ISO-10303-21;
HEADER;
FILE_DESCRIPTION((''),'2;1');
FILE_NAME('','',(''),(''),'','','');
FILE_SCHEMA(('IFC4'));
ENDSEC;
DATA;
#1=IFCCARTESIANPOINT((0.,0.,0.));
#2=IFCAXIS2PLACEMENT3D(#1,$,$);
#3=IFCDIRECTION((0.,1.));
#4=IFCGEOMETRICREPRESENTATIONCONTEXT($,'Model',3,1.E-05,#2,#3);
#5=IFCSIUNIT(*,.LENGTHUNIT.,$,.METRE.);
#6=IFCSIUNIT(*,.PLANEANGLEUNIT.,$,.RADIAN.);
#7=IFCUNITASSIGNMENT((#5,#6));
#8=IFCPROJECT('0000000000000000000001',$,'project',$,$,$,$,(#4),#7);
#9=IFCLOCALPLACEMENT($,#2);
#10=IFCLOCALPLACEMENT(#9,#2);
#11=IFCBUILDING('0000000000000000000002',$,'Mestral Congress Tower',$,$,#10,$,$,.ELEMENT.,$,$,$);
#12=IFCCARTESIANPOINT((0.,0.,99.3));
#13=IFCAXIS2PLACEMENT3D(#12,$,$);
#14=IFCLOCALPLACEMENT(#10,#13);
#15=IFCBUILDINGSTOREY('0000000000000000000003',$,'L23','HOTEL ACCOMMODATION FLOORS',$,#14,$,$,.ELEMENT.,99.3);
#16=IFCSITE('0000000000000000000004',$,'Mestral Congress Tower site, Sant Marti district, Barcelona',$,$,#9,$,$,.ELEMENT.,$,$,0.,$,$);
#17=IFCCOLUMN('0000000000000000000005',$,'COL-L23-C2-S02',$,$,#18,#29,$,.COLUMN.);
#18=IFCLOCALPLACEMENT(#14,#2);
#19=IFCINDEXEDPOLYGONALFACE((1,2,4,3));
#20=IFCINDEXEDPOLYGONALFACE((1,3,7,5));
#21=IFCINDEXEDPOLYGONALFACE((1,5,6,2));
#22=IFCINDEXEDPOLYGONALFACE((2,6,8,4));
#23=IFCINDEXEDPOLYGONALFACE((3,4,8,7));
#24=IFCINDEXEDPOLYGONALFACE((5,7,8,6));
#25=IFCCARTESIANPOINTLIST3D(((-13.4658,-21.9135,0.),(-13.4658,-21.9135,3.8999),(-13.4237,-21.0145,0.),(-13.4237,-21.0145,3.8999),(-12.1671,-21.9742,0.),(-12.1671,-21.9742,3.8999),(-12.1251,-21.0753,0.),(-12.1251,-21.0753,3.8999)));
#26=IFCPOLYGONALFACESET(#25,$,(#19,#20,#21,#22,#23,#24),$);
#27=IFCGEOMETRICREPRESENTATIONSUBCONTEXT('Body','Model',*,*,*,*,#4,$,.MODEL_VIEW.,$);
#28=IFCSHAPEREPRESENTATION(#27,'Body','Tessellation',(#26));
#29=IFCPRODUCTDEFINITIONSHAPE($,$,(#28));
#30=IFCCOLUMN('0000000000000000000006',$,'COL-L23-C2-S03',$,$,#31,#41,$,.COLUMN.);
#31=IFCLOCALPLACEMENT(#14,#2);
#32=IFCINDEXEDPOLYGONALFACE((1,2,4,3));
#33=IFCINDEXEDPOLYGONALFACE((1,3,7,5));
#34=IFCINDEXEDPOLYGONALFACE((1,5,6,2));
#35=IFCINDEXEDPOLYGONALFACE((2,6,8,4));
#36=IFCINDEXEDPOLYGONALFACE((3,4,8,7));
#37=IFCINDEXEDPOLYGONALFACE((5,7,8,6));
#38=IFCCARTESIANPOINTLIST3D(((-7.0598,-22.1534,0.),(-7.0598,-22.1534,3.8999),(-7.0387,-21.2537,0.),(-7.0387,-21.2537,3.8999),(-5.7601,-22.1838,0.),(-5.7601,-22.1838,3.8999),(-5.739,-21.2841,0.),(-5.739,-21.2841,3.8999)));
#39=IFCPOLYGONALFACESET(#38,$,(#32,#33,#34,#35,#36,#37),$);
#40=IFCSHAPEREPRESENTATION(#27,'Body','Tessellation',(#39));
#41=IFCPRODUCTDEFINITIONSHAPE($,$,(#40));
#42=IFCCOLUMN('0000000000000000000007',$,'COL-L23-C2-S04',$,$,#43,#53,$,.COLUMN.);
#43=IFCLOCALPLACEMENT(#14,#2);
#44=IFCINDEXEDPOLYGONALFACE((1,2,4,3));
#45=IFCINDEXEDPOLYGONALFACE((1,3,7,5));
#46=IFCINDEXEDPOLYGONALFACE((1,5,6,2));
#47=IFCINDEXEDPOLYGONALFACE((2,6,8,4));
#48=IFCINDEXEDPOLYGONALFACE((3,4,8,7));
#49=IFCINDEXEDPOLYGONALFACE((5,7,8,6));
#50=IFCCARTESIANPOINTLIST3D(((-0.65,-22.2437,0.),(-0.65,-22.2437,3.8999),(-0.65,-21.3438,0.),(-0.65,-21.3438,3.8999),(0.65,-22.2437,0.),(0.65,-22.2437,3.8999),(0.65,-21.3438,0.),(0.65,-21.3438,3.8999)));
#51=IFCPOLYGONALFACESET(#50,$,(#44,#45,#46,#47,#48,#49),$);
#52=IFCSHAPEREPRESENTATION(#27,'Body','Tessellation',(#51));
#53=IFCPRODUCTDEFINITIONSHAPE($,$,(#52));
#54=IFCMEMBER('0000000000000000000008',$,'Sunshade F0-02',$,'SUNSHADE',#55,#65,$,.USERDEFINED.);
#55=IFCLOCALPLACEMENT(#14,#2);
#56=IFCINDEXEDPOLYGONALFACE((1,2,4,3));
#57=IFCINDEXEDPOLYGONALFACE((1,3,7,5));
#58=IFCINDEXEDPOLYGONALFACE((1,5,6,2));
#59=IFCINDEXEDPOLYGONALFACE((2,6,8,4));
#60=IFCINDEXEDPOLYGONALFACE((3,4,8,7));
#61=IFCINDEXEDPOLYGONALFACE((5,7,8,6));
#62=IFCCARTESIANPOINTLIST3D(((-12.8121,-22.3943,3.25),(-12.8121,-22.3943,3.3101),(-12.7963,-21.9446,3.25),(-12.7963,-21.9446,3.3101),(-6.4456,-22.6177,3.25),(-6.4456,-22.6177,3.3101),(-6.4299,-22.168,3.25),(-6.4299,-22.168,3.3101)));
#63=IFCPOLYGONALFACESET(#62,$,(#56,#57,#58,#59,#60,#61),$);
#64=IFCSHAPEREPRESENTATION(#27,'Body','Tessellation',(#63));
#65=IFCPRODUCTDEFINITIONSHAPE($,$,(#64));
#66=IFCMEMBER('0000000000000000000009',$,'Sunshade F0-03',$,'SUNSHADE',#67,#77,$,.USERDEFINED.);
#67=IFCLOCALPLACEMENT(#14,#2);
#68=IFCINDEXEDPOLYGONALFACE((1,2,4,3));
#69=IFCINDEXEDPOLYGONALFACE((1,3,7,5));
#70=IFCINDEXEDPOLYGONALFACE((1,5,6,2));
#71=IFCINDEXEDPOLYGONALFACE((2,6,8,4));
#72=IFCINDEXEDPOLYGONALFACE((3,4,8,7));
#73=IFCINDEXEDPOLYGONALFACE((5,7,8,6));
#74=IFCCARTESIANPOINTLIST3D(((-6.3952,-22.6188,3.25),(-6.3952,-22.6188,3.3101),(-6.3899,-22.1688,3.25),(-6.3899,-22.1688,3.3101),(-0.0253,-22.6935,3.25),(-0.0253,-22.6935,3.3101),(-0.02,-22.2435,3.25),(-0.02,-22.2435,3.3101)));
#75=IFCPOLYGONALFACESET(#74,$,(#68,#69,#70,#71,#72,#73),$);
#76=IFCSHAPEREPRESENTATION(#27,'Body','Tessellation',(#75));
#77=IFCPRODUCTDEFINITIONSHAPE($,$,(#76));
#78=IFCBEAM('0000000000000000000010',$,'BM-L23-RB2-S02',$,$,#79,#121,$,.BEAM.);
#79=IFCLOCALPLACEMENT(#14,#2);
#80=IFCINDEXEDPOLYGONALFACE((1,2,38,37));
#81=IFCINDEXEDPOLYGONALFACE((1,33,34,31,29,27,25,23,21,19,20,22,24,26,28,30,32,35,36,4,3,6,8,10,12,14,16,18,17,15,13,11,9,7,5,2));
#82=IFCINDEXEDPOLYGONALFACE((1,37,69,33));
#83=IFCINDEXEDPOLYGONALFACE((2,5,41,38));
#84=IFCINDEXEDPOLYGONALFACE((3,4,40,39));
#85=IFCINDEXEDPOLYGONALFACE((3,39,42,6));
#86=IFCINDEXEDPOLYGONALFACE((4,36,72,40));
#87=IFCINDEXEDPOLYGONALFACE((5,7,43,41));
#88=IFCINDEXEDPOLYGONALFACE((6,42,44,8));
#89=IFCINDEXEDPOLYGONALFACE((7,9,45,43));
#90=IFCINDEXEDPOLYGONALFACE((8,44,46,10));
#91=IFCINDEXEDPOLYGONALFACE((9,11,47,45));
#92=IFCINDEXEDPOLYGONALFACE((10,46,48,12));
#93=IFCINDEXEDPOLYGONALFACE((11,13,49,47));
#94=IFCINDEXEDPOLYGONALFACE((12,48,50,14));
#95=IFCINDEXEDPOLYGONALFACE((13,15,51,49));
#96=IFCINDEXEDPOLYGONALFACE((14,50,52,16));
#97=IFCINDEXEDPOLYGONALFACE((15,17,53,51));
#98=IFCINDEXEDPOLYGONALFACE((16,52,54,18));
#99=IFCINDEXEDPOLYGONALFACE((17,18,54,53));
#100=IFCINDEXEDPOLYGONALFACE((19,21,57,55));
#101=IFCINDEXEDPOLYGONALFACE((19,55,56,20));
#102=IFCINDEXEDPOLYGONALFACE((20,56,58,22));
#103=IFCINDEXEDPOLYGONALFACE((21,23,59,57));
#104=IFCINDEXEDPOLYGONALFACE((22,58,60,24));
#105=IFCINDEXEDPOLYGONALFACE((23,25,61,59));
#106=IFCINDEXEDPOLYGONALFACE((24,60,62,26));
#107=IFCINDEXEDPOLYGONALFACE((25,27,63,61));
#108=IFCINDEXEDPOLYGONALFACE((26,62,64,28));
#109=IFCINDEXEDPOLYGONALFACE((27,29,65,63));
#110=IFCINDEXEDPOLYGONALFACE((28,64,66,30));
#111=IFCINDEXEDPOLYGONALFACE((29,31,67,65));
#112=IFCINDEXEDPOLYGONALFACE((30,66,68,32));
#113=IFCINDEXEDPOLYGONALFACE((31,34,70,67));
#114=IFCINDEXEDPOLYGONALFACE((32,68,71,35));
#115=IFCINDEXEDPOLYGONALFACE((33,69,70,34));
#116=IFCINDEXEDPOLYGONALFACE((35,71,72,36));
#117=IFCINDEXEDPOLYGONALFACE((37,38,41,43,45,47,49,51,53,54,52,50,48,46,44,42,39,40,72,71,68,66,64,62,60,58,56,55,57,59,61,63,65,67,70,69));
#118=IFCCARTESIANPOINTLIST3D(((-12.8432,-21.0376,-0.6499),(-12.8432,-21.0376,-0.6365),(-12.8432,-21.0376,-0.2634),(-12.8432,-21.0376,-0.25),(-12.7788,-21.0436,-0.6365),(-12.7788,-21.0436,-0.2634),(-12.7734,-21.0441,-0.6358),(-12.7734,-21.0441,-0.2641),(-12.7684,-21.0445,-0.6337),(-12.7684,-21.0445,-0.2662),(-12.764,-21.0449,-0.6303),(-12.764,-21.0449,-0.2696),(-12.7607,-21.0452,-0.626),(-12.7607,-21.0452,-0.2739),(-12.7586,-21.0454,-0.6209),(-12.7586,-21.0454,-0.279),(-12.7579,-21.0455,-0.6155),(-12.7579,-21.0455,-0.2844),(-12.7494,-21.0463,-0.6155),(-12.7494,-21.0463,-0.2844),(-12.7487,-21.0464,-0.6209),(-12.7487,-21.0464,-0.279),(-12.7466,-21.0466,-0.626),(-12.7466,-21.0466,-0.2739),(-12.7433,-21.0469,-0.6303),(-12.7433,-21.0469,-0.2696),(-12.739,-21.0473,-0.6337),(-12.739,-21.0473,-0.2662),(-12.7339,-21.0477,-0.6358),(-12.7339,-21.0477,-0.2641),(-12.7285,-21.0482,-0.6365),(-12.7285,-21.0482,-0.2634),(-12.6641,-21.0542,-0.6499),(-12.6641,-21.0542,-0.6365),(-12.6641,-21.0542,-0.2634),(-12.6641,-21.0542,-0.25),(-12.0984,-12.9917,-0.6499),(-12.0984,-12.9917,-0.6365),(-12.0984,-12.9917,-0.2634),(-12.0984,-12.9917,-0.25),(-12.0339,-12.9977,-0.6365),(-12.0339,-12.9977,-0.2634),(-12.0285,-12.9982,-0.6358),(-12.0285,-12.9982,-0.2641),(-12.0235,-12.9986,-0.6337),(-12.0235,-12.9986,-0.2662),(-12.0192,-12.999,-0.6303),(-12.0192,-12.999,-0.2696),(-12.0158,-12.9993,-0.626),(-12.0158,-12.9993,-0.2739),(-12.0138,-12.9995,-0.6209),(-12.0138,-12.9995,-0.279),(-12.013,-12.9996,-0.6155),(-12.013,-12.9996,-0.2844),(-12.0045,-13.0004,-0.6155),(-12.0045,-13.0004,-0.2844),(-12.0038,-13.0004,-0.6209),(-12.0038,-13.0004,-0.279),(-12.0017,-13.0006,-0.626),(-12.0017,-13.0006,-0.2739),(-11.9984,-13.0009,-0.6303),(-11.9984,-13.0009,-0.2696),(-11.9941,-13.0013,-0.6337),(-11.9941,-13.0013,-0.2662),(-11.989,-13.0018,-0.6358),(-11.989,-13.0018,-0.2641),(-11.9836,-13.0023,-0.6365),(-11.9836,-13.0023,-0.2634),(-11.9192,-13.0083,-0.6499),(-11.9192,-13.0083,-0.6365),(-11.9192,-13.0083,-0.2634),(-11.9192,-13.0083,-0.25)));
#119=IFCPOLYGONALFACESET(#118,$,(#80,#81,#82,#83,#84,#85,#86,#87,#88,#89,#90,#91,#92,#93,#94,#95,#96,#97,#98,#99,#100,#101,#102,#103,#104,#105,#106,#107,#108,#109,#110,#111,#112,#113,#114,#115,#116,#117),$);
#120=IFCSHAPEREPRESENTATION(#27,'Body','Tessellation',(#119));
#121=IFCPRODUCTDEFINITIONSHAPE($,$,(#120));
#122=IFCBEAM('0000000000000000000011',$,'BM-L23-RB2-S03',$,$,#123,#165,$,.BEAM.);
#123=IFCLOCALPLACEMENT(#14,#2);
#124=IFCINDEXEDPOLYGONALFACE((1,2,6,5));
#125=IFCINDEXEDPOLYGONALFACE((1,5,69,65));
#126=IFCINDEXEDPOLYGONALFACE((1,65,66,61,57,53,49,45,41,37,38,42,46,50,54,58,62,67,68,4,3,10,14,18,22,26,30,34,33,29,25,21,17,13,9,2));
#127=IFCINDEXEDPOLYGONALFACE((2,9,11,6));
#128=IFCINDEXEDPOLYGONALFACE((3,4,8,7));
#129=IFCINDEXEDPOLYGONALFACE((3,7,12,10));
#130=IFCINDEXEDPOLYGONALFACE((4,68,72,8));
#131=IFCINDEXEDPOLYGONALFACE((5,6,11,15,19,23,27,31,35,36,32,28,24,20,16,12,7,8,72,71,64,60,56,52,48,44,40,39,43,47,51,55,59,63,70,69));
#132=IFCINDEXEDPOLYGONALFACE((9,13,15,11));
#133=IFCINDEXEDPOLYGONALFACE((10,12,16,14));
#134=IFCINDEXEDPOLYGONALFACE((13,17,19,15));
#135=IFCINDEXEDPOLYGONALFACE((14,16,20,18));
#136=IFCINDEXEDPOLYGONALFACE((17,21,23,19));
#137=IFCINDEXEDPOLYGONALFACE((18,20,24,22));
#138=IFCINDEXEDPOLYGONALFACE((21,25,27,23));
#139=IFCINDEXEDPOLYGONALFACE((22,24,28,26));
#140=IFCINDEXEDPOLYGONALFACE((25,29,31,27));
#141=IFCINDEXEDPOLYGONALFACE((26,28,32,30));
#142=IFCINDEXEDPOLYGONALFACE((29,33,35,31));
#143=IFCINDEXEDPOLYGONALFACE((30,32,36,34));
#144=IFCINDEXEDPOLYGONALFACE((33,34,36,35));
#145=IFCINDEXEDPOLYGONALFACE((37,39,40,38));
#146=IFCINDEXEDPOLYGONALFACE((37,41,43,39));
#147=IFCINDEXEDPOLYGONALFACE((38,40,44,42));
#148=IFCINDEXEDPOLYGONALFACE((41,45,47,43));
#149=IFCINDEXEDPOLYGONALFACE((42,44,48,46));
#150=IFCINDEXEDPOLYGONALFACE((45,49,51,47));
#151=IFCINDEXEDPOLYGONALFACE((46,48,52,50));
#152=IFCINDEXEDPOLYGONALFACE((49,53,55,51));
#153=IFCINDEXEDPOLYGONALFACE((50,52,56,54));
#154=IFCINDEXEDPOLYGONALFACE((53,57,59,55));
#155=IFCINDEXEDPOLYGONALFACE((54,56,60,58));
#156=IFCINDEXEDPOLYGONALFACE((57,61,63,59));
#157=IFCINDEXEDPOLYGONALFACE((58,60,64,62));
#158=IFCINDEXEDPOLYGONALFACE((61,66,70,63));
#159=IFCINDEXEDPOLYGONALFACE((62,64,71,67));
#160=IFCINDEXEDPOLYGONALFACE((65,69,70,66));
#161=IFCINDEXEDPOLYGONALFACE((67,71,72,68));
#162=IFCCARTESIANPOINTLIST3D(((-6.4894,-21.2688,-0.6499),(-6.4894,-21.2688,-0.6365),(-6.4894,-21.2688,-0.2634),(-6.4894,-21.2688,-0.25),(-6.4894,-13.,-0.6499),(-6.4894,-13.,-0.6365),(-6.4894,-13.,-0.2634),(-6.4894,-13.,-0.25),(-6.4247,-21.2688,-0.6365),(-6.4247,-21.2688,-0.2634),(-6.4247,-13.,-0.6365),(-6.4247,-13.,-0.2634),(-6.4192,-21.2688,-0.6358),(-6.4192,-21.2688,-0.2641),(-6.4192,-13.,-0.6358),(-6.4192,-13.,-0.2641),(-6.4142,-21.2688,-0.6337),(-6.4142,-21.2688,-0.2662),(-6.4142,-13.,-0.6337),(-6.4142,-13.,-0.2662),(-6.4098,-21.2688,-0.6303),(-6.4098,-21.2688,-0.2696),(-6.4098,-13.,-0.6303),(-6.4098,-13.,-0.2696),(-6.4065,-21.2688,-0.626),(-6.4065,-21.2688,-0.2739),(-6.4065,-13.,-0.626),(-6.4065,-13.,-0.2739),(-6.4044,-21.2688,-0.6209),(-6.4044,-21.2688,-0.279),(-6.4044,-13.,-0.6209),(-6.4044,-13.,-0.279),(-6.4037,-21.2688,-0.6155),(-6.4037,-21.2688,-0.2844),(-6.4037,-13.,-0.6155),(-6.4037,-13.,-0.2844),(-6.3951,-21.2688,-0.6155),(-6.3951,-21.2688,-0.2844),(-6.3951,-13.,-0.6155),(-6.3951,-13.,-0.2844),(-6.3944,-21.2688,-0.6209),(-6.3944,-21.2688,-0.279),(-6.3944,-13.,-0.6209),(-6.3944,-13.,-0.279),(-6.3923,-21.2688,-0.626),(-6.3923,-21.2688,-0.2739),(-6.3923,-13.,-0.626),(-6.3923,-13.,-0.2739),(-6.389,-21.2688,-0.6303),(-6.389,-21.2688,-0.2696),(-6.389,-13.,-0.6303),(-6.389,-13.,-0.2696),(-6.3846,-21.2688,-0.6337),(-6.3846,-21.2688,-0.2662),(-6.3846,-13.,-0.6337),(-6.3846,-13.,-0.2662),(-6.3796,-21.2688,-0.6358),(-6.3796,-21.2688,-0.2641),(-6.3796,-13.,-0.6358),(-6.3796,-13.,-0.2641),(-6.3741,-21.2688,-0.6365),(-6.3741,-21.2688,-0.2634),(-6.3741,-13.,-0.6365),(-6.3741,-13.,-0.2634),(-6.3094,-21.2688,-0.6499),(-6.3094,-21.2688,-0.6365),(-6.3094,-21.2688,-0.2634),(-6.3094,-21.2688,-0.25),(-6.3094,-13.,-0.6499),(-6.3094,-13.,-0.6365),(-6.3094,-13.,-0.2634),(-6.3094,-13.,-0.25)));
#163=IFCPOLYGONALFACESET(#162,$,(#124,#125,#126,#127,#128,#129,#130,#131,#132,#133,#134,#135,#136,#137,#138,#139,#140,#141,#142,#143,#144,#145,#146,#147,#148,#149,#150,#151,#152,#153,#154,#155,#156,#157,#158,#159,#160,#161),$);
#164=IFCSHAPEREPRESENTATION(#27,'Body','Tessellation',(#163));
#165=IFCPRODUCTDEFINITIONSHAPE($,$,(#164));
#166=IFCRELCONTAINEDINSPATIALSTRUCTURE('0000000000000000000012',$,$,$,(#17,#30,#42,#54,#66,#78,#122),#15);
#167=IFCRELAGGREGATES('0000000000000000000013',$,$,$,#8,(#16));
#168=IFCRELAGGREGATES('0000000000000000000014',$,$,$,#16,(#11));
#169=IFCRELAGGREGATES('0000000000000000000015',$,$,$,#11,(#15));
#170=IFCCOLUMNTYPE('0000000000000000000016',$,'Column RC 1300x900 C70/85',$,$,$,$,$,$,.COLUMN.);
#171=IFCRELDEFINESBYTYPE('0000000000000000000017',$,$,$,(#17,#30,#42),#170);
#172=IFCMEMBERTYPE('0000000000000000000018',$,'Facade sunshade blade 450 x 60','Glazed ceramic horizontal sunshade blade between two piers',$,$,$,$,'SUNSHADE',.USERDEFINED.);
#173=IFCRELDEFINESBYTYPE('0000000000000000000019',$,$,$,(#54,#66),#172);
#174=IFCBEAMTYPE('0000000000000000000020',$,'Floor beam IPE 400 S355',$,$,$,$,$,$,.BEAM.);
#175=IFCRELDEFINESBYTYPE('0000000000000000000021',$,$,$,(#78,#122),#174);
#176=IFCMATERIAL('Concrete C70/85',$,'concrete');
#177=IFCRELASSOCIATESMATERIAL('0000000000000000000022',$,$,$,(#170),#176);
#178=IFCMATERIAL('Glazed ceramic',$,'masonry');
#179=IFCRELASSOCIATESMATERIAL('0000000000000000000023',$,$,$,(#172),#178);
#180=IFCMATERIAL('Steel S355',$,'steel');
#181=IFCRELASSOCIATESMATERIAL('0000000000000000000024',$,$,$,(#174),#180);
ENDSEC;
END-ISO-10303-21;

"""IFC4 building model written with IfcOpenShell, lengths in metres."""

from ifc_helpers import new_model, si_unit, direction, frame, origin, origin_2d, place, context, subcontext, project, spatial, rectangle, i_section, extrude, material, material_profile, profile_set, type_object, element, save


model = new_model("IFC4")

# Units and contexts
model_context = context("Model", 3, precision=1e-05, world=origin(), true_north=direction((0.0, 1.0)))
body_context = subcontext(model_context, "Body", "Model", "MODEL_VIEW")
ifc_project = project(units=[si_unit("LENGTHUNIT", "METRE"), si_unit("PLANEANGLEUNIT", "RADIAN")], contexts=[model_context])

# Site, building, storey
site_placement = place(None, origin())
site = spatial("IfcSite", under=ifc_project, at=site_placement, Name="Mestral Congress Tower site, Sant Marti district, Barcelona", CompositionType="ELEMENT", RefElevation=0.0)
building_placement = place(site_placement, origin())
building = spatial("IfcBuilding", under=site, at=building_placement, Name="Mestral Congress Tower", CompositionType="ELEMENT")
storey_placement = place(building_placement, frame((0.0, 0.0, 99.3)))
storey = spatial("IfcBuildingStorey", under=building, at=storey_placement, Name="L23", Description="HOTEL ACCOMMODATION FLOORS", CompositionType="ELEMENT", Elevation=99.3)

# Columns
ifc_material_1 = material(Name="Concrete C70/85", Category="concrete")
ifc_material_profile_1 = material_profile(ifc_material_1, rectangle(XDim=1.3, YDim=0.8999, at=origin_2d()), Name="RC 1300x900")
ifc_profile_set_1 = profile_set([ifc_material_profile_1], Name="Concrete C70/85")
column_type = type_object("IfcColumnType", Name="Column RC 1300x900 C70/85", PredefinedType="COLUMN", material=ifc_profile_set_1)
for number, where, z_axis, x_axis, name in (
    (1, (-12.7954, -21.4944, 0.0), (0.0, 0.0, 1.0), (0.998906, -0.046756, 0.0), "COL-L23-C2-S02"),
    (2, (-6.3994, -21.7188, 0.0), (0.0, 0.0, 1.0), (0.999727, -0.023384, 0.0), "COL-L23-C2-S03"),
    (3, (0.0, -21.7937, 0.0), (0.0, 0.0, 1.0), (1.0, 0.0, 0.0), "COL-L23-C2-S04"),
):
    element("IfcColumn", number, at=place(storey_placement, frame(where, z_axis=z_axis, x_axis=x_axis)), inside=storey, type_object=column_type, Name=name, PredefinedType="COLUMN", context=body_context, shape_type="SweptSolid", body=[
        extrude(rectangle(XDim=1.3, YDim=0.8999, at=origin_2d()), origin(), (0.0, 0.0, 1.0), 3.8999),
    ])

# Members
ifc_material_2 = material(Name="Glazed ceramic", Category="masonry")
ifc_material_profile_2 = material_profile(ifc_material_2, rectangle(XDim=0.45, YDim=0.0601, at=origin_2d()), Name="Ceramic blade 450 x 60")
ifc_profile_set_2 = profile_set([ifc_material_profile_2], Name="Glazed ceramic")
member_type = type_object("IfcMemberType", Name="Facade sunshade blade 450 x 60", Description="Glazed ceramic horizontal sunshade blade between two piers", ElementType="SUNSHADE", PredefinedType="USERDEFINED", material=ifc_profile_set_2)
for number, where, z_axis, x_axis, name in (
    (4, (-12.8042, -22.1694, 3.28), (0.999385, -0.035067, 0.0), (0.035067, 0.999385, 0.0), "Sunshade F0-02"),
    (5, (-6.3926, -22.3938, 3.28), (0.999931, -0.011727, 0.0), (0.011727, 0.999931, 0.0), "Sunshade F0-03"),
):
    element("IfcMember", number, at=place(storey_placement, frame(where, z_axis=z_axis, x_axis=x_axis)), inside=storey, type_object=member_type, Name=name, ObjectType="SUNSHADE", PredefinedType="USERDEFINED", context=body_context, shape_type="SweptSolid", body=[
        extrude(rectangle(XDim=0.45, YDim=0.0601, at=origin_2d()), origin(), (0.0, 0.0, 1.0), 6.3704),
    ])

# Beams
ifc_material_3 = material(Name="Steel S355", Category="steel")
ifc_material_profile_3 = material_profile(ifc_material_3, i_section(OverallWidth=0.1799, OverallDepth=0.3999, WebThickness=0.0085, FlangeThickness=0.0134, FilletRadius=0.021, at=origin_2d()), Name="IPE 400")
ifc_profile_set_3 = profile_set([ifc_material_profile_3], Name="Steel S355")
beam_type_1 = type_object("IfcBeamType", Name="Floor beam IPE 400 S355", PredefinedType="BEAM", material=ifc_profile_set_3)
beam_1_placement = place(storey_placement, frame((-12.7537, -21.0459, -0.45), z_axis=(0.092184, 0.995742, 0.0), x_axis=(-0.995742, 0.092184, 0.0)))
element("IfcBeam", 6, at=beam_1_placement, inside=storey, type_object=beam_type_1, Name="BM-L23-RB2-S02", PredefinedType="BEAM", context=body_context, shape_type="SweptSolid", body=[
    extrude(i_section(OverallWidth=0.1799, OverallDepth=0.3999, WebThickness=0.0085, FlangeThickness=0.0134, FilletRadius=0.021, at=origin_2d()), origin(), (0.0, 0.0, 1.0), 8.0803),
])
beam_2_placement = place(storey_placement, frame((-6.3994, -21.2688, -0.45), z_axis=(0.0, 1.0, 0.0), x_axis=(-1.0, 0.0, 0.0)))
element("IfcBeam", 7, at=beam_2_placement, inside=storey, type_object=beam_type_1, Name="BM-L23-RB2-S03", PredefinedType="BEAM", context=body_context, shape_type="SweptSolid", body=[
    extrude(i_section(OverallWidth=0.1799, OverallDepth=0.3999, WebThickness=0.0085, FlangeThickness=0.0134, FilletRadius=0.021, at=origin_2d()), origin(), (0.0, 0.0, 1.0), 8.2688),
])

save(model, "model.ifc")
